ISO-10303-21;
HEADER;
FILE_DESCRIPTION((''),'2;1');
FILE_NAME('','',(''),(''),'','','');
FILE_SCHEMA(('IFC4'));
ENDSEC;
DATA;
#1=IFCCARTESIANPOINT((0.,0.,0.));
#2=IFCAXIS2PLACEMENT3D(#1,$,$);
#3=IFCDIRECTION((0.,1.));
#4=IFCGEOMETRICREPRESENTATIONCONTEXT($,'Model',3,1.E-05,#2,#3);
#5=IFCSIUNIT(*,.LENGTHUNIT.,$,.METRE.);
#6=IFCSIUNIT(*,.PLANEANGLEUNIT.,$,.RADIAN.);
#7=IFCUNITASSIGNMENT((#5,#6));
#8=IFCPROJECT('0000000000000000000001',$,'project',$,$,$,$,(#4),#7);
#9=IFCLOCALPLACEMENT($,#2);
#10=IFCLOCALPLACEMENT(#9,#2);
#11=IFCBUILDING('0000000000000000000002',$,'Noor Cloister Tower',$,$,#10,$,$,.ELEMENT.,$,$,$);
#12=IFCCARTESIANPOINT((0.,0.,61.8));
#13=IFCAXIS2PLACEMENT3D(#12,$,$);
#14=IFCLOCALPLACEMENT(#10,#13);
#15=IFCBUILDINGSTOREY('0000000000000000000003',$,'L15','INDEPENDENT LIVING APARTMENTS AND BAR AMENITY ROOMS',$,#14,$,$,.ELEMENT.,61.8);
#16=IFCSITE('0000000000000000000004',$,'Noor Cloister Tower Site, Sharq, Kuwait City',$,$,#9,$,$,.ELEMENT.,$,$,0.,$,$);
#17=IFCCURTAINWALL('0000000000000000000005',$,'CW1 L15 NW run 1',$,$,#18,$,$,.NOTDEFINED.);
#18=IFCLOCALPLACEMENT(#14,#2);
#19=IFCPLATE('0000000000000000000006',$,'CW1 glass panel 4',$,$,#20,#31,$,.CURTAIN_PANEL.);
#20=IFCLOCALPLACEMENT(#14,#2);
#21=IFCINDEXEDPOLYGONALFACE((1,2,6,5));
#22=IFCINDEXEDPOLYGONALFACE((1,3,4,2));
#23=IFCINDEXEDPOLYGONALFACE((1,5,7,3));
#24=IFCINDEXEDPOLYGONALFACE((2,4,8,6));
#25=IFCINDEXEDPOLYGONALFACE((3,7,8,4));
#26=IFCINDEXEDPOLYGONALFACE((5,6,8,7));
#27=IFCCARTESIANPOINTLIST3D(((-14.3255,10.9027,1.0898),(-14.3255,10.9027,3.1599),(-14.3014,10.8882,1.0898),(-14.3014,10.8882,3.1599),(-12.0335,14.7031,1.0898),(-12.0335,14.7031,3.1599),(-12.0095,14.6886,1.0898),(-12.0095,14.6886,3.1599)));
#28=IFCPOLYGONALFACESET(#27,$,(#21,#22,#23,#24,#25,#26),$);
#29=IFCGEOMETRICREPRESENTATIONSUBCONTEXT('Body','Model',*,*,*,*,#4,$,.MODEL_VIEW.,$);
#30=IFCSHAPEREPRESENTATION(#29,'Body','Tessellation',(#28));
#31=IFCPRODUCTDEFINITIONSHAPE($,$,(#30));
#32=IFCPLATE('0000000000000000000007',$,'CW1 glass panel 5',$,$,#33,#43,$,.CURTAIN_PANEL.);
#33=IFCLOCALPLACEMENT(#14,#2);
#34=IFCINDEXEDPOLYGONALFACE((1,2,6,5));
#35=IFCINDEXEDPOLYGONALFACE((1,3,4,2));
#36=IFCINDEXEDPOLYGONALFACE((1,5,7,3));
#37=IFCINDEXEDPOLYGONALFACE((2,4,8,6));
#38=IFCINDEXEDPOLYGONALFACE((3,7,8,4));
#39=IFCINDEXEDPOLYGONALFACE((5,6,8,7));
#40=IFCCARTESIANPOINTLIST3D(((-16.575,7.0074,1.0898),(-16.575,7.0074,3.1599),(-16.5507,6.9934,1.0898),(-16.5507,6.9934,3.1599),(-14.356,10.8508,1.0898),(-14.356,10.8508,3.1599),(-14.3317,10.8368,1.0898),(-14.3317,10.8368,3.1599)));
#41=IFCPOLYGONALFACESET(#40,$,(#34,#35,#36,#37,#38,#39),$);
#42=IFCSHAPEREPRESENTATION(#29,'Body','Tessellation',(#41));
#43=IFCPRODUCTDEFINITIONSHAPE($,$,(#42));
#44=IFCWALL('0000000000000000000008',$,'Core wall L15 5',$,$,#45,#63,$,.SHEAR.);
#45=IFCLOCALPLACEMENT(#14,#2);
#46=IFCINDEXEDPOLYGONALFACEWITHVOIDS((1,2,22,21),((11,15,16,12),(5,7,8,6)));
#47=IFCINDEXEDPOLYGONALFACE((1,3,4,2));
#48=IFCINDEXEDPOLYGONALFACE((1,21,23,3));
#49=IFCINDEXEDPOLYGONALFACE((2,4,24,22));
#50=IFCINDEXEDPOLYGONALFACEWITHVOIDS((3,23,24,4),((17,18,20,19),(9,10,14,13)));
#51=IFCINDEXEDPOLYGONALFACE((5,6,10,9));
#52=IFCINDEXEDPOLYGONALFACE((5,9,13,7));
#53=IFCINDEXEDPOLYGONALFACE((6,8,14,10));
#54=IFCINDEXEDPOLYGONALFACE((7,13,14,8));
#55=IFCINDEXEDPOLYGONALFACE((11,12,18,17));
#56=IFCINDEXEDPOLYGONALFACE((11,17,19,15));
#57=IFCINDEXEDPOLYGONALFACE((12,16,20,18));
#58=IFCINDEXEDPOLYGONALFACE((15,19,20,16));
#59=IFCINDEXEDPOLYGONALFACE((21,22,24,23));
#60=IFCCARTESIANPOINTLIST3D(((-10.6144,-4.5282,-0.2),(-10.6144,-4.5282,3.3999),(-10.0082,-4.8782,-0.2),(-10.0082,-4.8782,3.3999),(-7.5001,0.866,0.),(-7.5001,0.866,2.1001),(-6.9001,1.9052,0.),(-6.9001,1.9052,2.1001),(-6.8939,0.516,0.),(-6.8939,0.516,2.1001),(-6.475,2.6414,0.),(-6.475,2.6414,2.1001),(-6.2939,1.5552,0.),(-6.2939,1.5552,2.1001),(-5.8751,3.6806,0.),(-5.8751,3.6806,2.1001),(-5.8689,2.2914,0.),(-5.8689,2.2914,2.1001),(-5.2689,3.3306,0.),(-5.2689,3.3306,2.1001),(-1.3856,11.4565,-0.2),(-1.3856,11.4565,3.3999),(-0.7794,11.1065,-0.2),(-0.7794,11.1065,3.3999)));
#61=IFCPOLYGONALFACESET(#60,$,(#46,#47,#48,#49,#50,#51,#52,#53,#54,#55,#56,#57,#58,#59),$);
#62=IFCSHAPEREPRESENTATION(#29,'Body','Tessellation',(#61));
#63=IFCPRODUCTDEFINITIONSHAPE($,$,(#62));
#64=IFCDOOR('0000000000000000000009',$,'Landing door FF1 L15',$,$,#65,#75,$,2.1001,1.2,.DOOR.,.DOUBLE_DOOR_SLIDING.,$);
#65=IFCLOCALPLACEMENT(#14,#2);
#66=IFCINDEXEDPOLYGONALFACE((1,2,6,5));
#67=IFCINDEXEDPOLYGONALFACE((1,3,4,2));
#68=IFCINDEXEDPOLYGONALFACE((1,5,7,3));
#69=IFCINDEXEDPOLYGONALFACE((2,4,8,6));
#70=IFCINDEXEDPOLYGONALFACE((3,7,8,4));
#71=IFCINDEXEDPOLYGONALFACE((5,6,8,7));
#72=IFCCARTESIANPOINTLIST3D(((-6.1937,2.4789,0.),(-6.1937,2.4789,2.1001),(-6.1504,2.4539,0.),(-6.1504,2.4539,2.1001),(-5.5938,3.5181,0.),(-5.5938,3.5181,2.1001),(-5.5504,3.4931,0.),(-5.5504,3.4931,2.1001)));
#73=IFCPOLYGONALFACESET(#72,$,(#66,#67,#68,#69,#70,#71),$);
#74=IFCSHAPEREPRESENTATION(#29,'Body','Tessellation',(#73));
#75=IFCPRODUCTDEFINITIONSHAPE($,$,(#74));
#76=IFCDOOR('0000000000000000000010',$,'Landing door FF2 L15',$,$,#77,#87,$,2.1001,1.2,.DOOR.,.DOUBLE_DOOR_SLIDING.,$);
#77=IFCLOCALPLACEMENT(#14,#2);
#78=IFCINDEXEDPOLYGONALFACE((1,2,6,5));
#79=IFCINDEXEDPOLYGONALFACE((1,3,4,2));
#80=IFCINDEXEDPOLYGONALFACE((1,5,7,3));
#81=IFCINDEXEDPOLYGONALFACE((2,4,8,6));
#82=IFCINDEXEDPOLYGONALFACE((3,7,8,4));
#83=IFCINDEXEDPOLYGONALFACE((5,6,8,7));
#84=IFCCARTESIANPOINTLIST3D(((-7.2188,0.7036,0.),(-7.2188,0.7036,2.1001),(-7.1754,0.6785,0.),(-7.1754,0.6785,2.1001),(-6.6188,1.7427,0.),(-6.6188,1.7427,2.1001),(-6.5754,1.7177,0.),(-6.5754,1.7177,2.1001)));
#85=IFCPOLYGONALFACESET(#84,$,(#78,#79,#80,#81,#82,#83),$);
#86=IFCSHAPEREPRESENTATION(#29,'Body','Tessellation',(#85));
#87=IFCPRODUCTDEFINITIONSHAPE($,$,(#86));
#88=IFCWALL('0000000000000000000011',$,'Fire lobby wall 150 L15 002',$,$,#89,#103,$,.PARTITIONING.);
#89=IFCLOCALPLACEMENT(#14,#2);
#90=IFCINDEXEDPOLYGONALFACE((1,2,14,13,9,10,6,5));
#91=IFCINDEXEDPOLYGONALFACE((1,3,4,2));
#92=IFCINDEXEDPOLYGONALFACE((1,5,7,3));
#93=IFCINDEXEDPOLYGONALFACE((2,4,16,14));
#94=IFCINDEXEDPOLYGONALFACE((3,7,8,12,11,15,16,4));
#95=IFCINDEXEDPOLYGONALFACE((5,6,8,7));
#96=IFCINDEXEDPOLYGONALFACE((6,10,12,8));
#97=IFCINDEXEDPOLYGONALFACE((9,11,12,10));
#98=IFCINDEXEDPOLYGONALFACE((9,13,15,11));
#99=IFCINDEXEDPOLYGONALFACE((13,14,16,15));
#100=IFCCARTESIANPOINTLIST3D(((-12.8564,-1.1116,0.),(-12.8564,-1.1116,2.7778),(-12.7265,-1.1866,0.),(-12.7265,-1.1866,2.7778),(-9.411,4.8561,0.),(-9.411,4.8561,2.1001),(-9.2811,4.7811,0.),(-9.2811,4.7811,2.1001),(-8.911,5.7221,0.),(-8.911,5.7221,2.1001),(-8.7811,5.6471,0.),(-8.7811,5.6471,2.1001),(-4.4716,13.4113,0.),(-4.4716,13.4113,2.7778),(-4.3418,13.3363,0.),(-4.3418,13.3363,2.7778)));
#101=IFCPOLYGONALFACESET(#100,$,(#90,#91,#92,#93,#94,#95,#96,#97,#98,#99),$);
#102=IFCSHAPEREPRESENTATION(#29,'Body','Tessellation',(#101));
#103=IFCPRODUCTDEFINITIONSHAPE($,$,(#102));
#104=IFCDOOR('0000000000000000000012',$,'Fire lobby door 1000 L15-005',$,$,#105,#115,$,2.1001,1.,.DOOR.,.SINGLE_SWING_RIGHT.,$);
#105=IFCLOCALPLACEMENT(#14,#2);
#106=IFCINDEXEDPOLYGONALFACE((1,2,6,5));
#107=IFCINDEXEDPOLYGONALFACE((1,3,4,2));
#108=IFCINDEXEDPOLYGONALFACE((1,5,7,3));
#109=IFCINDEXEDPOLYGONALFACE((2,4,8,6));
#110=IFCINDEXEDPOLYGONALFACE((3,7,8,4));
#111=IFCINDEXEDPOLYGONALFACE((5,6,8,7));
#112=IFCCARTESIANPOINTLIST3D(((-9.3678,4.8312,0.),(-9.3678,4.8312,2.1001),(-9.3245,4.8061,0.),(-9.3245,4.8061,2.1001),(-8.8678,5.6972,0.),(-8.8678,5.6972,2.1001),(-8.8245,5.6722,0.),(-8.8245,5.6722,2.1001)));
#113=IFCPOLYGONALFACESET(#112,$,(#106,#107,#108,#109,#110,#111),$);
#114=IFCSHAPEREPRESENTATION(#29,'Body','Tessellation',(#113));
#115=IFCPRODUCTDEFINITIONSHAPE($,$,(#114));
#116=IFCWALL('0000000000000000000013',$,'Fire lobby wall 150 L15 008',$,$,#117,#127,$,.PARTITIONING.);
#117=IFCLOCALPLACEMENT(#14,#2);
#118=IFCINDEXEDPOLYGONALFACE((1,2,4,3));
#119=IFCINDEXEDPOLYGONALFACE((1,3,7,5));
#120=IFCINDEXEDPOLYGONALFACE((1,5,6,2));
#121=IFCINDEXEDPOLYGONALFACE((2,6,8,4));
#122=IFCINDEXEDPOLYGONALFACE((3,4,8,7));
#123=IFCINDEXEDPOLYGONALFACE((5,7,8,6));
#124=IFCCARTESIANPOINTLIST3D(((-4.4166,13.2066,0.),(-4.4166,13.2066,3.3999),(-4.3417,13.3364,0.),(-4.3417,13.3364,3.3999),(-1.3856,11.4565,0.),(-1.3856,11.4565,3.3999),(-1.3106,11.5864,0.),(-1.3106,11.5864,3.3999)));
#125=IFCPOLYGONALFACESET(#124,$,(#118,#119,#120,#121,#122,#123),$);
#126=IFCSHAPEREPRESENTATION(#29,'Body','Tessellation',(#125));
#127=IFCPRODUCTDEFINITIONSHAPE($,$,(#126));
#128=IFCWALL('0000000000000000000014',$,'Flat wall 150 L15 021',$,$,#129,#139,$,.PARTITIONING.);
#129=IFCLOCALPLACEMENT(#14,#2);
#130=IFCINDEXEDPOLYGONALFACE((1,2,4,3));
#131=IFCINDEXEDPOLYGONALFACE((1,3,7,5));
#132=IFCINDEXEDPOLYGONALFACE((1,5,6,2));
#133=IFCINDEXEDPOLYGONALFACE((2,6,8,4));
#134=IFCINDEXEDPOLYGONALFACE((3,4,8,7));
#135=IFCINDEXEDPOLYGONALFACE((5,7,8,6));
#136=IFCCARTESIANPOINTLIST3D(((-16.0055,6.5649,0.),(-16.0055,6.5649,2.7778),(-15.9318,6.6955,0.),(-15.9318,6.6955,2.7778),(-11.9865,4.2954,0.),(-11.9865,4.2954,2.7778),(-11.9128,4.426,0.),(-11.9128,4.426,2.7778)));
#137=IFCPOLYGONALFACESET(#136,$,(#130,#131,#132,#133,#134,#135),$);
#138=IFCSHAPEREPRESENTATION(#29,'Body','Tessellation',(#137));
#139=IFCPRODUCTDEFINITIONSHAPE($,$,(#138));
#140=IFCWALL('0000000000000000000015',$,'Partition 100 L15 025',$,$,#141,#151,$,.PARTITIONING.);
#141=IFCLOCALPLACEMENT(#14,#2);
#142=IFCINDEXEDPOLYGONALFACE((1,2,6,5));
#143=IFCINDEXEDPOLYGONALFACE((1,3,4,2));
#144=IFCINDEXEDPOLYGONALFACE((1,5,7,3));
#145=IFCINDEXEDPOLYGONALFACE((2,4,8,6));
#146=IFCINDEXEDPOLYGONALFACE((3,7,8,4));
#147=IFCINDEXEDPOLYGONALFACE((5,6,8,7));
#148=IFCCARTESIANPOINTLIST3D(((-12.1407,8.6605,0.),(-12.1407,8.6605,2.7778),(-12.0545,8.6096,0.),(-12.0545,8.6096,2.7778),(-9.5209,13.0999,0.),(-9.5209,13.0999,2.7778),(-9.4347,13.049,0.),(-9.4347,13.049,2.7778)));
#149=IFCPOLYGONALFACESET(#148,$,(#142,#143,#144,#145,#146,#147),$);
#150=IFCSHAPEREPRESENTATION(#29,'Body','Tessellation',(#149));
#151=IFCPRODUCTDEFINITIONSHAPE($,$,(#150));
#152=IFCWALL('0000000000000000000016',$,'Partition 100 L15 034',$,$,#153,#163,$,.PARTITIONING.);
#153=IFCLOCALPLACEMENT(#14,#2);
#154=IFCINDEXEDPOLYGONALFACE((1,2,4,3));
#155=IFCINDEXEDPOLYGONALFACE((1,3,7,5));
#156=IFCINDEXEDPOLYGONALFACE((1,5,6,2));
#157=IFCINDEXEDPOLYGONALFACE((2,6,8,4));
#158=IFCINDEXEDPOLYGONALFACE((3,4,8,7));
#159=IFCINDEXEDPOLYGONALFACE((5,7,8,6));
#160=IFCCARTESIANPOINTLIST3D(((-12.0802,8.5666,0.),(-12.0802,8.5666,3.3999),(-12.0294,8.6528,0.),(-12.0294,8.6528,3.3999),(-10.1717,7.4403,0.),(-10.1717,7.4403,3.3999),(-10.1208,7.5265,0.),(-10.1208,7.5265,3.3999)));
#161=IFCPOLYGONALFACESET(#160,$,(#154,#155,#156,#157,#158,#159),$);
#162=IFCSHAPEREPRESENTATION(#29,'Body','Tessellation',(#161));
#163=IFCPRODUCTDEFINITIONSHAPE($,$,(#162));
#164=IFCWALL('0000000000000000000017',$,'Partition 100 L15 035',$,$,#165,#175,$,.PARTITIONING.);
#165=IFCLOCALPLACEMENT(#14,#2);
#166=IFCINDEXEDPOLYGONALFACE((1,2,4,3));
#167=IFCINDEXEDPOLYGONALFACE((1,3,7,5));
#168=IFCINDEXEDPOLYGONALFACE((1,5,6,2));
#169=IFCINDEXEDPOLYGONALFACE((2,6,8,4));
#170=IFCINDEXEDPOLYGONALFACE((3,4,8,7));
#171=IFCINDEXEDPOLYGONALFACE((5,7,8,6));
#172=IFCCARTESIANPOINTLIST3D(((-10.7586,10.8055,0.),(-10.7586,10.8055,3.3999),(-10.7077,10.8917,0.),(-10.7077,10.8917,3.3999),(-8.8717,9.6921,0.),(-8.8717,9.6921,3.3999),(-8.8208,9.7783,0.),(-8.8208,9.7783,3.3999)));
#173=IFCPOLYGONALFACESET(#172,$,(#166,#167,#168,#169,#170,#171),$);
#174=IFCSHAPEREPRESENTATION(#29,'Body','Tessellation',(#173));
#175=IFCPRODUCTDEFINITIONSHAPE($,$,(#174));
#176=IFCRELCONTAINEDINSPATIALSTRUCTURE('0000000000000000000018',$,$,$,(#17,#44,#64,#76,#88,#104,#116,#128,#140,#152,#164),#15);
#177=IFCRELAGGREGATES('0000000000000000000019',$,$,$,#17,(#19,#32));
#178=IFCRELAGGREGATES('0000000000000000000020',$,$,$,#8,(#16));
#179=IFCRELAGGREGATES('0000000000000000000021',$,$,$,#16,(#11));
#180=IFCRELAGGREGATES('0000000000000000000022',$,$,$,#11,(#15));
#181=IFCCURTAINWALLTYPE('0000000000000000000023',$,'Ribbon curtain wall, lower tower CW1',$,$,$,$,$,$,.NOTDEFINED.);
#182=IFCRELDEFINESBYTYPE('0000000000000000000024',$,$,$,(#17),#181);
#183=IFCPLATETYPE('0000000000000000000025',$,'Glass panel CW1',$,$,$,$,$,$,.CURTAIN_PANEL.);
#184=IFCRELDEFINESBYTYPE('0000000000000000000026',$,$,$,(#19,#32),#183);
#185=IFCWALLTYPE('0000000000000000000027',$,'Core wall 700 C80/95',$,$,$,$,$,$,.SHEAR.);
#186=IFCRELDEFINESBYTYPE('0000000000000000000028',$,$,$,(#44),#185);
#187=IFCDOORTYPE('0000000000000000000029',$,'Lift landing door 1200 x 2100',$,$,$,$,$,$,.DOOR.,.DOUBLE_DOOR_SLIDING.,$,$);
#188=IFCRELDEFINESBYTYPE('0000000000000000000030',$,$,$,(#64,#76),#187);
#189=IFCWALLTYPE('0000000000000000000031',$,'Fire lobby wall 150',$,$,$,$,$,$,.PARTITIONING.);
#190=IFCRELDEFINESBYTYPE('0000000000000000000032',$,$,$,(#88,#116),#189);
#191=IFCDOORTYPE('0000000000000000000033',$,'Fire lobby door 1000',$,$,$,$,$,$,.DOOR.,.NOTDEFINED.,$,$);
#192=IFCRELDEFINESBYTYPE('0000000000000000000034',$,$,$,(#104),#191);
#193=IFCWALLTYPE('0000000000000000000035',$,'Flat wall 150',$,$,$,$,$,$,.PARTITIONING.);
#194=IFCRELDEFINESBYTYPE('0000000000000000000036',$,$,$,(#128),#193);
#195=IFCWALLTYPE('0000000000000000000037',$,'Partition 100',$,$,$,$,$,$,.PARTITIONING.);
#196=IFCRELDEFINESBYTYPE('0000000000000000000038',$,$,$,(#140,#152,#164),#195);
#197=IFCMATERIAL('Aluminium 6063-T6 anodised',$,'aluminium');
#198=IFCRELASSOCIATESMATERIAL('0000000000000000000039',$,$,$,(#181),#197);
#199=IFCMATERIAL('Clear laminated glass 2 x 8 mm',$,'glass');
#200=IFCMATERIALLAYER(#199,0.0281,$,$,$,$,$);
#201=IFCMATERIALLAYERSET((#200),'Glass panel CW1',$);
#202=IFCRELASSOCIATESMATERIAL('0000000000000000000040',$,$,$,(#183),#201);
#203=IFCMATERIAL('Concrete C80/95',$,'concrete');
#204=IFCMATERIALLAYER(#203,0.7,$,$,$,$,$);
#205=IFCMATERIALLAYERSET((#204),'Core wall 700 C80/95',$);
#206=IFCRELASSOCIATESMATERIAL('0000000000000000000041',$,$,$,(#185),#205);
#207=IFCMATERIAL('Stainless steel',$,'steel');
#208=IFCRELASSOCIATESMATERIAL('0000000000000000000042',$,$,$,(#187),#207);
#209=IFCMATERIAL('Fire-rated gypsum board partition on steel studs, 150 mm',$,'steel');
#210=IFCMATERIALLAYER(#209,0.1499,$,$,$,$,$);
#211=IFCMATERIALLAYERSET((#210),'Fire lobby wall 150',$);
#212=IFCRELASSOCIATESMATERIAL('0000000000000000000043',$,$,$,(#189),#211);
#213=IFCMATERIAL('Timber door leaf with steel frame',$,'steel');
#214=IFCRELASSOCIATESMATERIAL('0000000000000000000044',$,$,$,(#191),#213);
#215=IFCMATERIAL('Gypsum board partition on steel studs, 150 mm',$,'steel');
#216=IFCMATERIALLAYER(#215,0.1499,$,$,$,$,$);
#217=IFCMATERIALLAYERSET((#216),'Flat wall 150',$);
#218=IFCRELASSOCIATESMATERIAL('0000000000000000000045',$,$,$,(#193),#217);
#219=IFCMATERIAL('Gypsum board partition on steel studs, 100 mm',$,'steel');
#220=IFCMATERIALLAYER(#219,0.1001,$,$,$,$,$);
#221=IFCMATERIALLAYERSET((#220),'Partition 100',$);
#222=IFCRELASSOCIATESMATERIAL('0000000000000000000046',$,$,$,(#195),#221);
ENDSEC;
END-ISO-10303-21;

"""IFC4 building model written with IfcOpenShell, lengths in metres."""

from ifc_helpers import new_model, si_unit, direction, frame, frame_2d, origin, origin_2d, place, context, subcontext, project, spatial, rectangle, extrude, material, layer, layer_set, type_object, element, fill, aggregate, save


model = new_model("IFC4")

# Units and contexts
model_context = context("Model", 3, precision=1e-05, world=origin(), true_north=direction((0.0, 1.0)))
body_context = subcontext(model_context, "Body", "Model", "MODEL_VIEW")
ifc_project = project(units=[si_unit("LENGTHUNIT", "METRE"), si_unit("PLANEANGLEUNIT", "RADIAN")], contexts=[model_context])

# Site, building, storey
site_placement = place(None, origin())
site = spatial("IfcSite", under=ifc_project, at=site_placement, Name="Noor Cloister Tower Site, Sharq, Kuwait City", CompositionType="ELEMENT", RefElevation=0.0)
building_placement = place(site_placement, origin())
building = spatial("IfcBuilding", under=site, at=building_placement, Name="Noor Cloister Tower", CompositionType="ELEMENT")
storey_placement = place(building_placement, frame((0.0, 0.0, 61.8)))
storey = spatial("IfcBuildingStorey", under=building, at=storey_placement, Name="L15", Description="INDEPENDENT LIVING APARTMENTS AND BAR AMENITY ROOMS", CompositionType="ELEMENT", Elevation=61.8)

# Curtain wall
ifc_material_1 = material(Name="Aluminium 6063-T6 anodised", Category="aluminium")
curtain_wall_type = type_object("IfcCurtainWallType", Name="Ribbon curtain wall, lower tower CW1", PredefinedType="NOTDEFINED", material=ifc_material_1)
curtain_wall_placement = place(storey_placement, origin())
curtain_wall = element("IfcCurtainWall", 1, at=curtain_wall_placement, inside=storey, type_object=curtain_wall_type, Name="CW1 L15 NW run 1", PredefinedType="NOTDEFINED")

# Plates
ifc_material_2 = material(Name="Clear laminated glass 2 x 8 mm", Category="glass")
ifc_layer_1 = layer(ifc_material_2, 0.0281)
ifc_layer_set_1 = layer_set([ifc_layer_1], Name="Glass panel CW1")
plate_type = type_object("IfcPlateType", Name="Glass panel CW1", PredefinedType="CURTAIN_PANEL", material=ifc_layer_set_1)
plate_1_placement = place(storey_placement, frame((-13.1675, 12.7957, 1.0898), z_axis=(0.0, 0.0, 1.0), x_axis=(-0.516446, -0.85632, 0.0)))
plate_1 = element("IfcPlate", 2, at=plate_1_placement, type_object=plate_type, Name="CW1 glass panel 4", PredefinedType="CURTAIN_PANEL", context=body_context, shape_type="SweptSolid", body=[
    extrude(rectangle(XDim=4.438, YDim=0.0281, at=origin_2d()), origin(), (0.0, 0.0, 1.0), 2.0701),
])
plate_2_placement = place(storey_placement, frame((-15.4534, 8.9221, 1.0898), z_axis=(0.0, 0.0, 1.0), x_axis=(-0.5, -0.866025, 0.0)))
plate_2 = element("IfcPlate", 3, at=plate_2_placement, type_object=plate_type, Name="CW1 glass panel 5", PredefinedType="CURTAIN_PANEL", context=body_context, shape_type="SweptSolid", body=[
    extrude(rectangle(XDim=4.438, YDim=0.0281, at=origin_2d()), origin(), (0.0, 0.0, 1.0), 2.0701),
])
aggregate(curtain_wall, [plate_1, plate_2])

# Wall, openings, doors
ifc_material_3 = material(Name="Concrete C80/95", Category="concrete")
ifc_layer_2 = layer(ifc_material_3, 0.7)
ifc_layer_set_2 = layer_set([ifc_layer_2], Name="Core wall 700 C80/95")
wall_type_1 = type_object("IfcWallType", Name="Core wall 700 C80/95", PredefinedType="SHEAR", material=ifc_layer_set_2)
wall_1_placement = place(storey_placement, frame((-1.0825, 11.2815, -0.2), z_axis=(0.0, 0.0, 1.0), x_axis=(-0.500001, -0.866025, 0.0)))
wall_1 = element("IfcWall", 4, at=wall_1_placement, inside=storey, type_object=wall_type_1, Name="Core wall L15 5", PredefinedType="SHEAR", context=body_context, shape_type="SweptSolid", body=[
    extrude(rectangle(XDim=18.4575, YDim=0.7, at=frame_2d((9.2288, 0.0))), origin(), (0.0, 0.0, 1.0), 3.5999),
])
opening_1_placement = place(wall_1_placement, frame((8.9788, 0.0, 0.2)))
opening_1 = element("IfcOpeningElement", 5, at=opening_1_placement, cuts=wall_1, PredefinedType="OPENING", context=body_context, shape_type="SweptSolid", body=[
    extrude(rectangle(XDim=1.2, YDim=2.1001, at=frame_2d((0.6001, 1.05))), frame((0.0, 0.3599, 0.0), z_axis=(0.0, -1.0, 0.0), x_axis=(1.0, 0.0, 0.0)), (0.0, 0.0, 1.0), 0.72),
])
opening_2_placement = place(wall_1_placement, frame((11.0288, 0.0, 0.2)))
opening_2 = element("IfcOpeningElement", 6, at=opening_2_placement, cuts=wall_1, PredefinedType="OPENING", context=body_context, shape_type="SweptSolid", body=[
    extrude(rectangle(XDim=1.2, YDim=2.1001, at=frame_2d((0.6001, 1.05))), frame((0.0, 0.3599, 0.0), z_axis=(0.0, -1.0, 0.0), x_axis=(1.0, 0.0, 0.0)), (0.0, 0.0, 1.0), 0.72),
])
ifc_material_4 = material(Name="Stainless steel", Category="steel")
door_type_1 = type_object("IfcDoorType", Name="Lift landing door 1200 x 2100", OperationType="DOUBLE_DOOR_SLIDING", PredefinedType="DOOR", material=ifc_material_4)
door_1_placement = place(opening_1_placement, origin())
door_1 = element("IfcDoor", 7, at=door_1_placement, inside=storey, type_object=door_type_1, Name="Landing door FF1 L15", OperationType="DOUBLE_DOOR_SLIDING", OverallHeight=2.1001, OverallWidth=1.2, PredefinedType="DOOR", context=body_context, shape_type="SweptSolid", body=[
    extrude(rectangle(XDim=1.2, YDim=2.1001, at=frame_2d((0.6001, 1.05))), frame((0.0, 0.0249, 0.0), z_axis=(0.0, -1.0, 0.0), x_axis=(1.0, 0.0, 0.0)), (0.0, 0.0, 1.0), 0.05),
])
fill(opening_1, door_1)
door_2_placement = place(opening_2_placement, origin())
door_2 = element("IfcDoor", 8, at=door_2_placement, inside=storey, type_object=door_type_1, Name="Landing door FF2 L15", OperationType="DOUBLE_DOOR_SLIDING", OverallHeight=2.1001, OverallWidth=1.2, PredefinedType="DOOR", context=body_context, shape_type="SweptSolid", body=[
    extrude(rectangle(XDim=1.2, YDim=2.1001, at=frame_2d((0.6001, 1.05))), frame((0.0, 0.0249, 0.0), z_axis=(0.0, -1.0, 0.0), x_axis=(1.0, 0.0, 0.0)), (0.0, 0.0, 1.0), 0.05),
])
fill(opening_2, door_2)

# Wall, opening, door
ifc_material_5 = material(Name="Fire-rated gypsum board partition on steel studs, 150 mm", Category="steel")
ifc_layer_3 = layer(ifc_material_5, 0.1499)
ifc_layer_set_3 = layer_set([ifc_layer_3], Name="Fire lobby wall 150")
wall_type_2 = type_object("IfcWallType", Name="Fire lobby wall 150", PredefinedType="PARTITIONING", material=ifc_layer_set_3)
wall_2_placement = place(storey_placement, frame((-4.4067, 13.3738, 0.0), z_axis=(0.0, 0.0, 1.0), x_axis=(-0.499997, -0.866027, 0.0)))
wall_2 = element("IfcWall", 9, at=wall_2_placement, inside=storey, type_object=wall_type_2, Name="Fire lobby wall 150 L15 002", PredefinedType="PARTITIONING", context=body_context, shape_type="SweptSolid", body=[
    extrude(rectangle(XDim=16.7695, YDim=0.1499, at=frame_2d((8.3848, 0.0))), origin(), (0.0, 0.0, 1.0), 2.7778),
])
opening_3_placement = place(wall_2_placement, frame((8.8787, 0.0, 0.0)))
opening_3 = element("IfcOpeningElement", 10, at=opening_3_placement, cuts=wall_2, PredefinedType="OPENING", context=body_context, shape_type="SweptSolid", body=[
    extrude(rectangle(XDim=1.0, YDim=2.1001, at=frame_2d((0.5, 1.05))), frame((0.0, 0.085, 0.0), z_axis=(0.0, -1.0, 0.0), x_axis=(1.0, 0.0, 0.0)), (0.0, 0.0, 1.0), 0.1699),
])
ifc_material_6 = material(Name="Timber door leaf with steel frame", Category="steel")
door_type_2 = type_object("IfcDoorType", Name="Fire lobby door 1000", OperationType="NOTDEFINED", PredefinedType="DOOR", material=ifc_material_6)
door_3_placement = place(opening_3_placement, origin())
door_3 = element("IfcDoor", 11, at=door_3_placement, inside=storey, type_object=door_type_2, Name="Fire lobby door 1000 L15-005", OperationType="SINGLE_SWING_RIGHT", OverallHeight=2.1001, OverallWidth=1.0, PredefinedType="DOOR", context=body_context, shape_type="SweptSolid", body=[
    extrude(rectangle(XDim=1.0, YDim=2.1001, at=frame_2d((0.5, 1.05))), frame((0.0, 0.0249, 0.0), z_axis=(0.0, -1.0, 0.0), x_axis=(1.0, 0.0, 0.0)), (0.0, 0.0, 1.0), 0.05),
])
fill(opening_3, door_3)

# Walls
wall_3_placement = place(storey_placement, frame((-4.3792, 13.2715, 0.0), z_axis=(0.0, 0.0, 1.0), x_axis=(0.866019, -0.50001, 0.0)))
element("IfcWall", 12, at=wall_3_placement, inside=storey, type_object=wall_type_2, Name="Fire lobby wall 150 L15 008", PredefinedType="PARTITIONING", context=body_context, shape_type="SweptSolid", body=[
    extrude(rectangle(XDim=3.5, YDim=0.1499, at=frame_2d((1.75, 0.0))), origin(), (0.0, 0.0, 1.0), 3.3999),
])
ifc_material_7 = material(Name="Gypsum board partition on steel studs, 150 mm", Category="steel")
ifc_layer_4 = layer(ifc_material_7, 0.1499)
ifc_layer_set_4 = layer_set([ifc_layer_4], Name="Flat wall 150")
wall_type_3 = type_object("IfcWallType", Name="Flat wall 150", PredefinedType="PARTITIONING", material=ifc_layer_set_4)
wall_4_placement = place(storey_placement, frame((-15.9685, 6.6301, 0.0), z_axis=(0.0, 0.0, 1.0), x_axis=(0.870758, -0.491712, 0.0)))
element("IfcWall", 13, at=wall_4_placement, inside=storey, type_object=wall_type_3, Name="Flat wall 150 L15 021", PredefinedType="PARTITIONING", context=body_context, shape_type="SweptSolid", body=[
    extrude(rectangle(XDim=4.6155, YDim=0.1499, at=frame_2d((2.3076, 0.0))), origin(), (0.0, 0.0, 1.0), 2.7778),
])
ifc_material_8 = material(Name="Gypsum board partition on steel studs, 100 mm", Category="steel")
ifc_layer_5 = layer(ifc_material_8, 0.1001)
ifc_layer_set_5 = layer_set([ifc_layer_5], Name="Partition 100")
wall_type_4 = type_object("IfcWallType", Name="Partition 100", PredefinedType="PARTITIONING", material=ifc_layer_set_5)
wall_5_placement = place(storey_placement, frame((-9.4778, 13.0745, 0.0), z_axis=(0.0, 0.0, 1.0), x_axis=(-0.508235, -0.861219, 0.0)))
element("IfcWall", 14, at=wall_5_placement, inside=storey, type_object=wall_type_4, Name="Partition 100 L15 025", PredefinedType="PARTITIONING", context=body_context, shape_type="SweptSolid", body=[
    extrude(rectangle(XDim=5.1548, YDim=0.1001, at=frame_2d((2.5774, 0.0))), origin(), (0.0, 0.0, 1.0), 2.7778),
])
wall_6_placement = place(storey_placement, frame((-12.0547, 8.6096, 0.0), z_axis=(0.0, 0.0, 1.0), x_axis=(0.861222, -0.508228, 0.0)))
element("IfcWall", 15, at=wall_6_placement, inside=storey, type_object=wall_type_4, Name="Partition 100 L15 034", PredefinedType="PARTITIONING", context=body_context, shape_type="SweptSolid", body=[
    extrude(rectangle(XDim=2.2161, YDim=0.1001, at=frame_2d((1.1079, 0.0))), origin(), (0.0, 0.0, 1.0), 3.3999),
])
wall_7_placement = place(storey_placement, frame((-10.7332, 10.8486, 0.0), z_axis=(0.0, 0.0, 1.0), x_axis=(0.861226, -0.508222, 0.0)))
element("IfcWall", 16, at=wall_7_placement, inside=storey, type_object=wall_type_4, Name="Partition 100 L15 035", PredefinedType="PARTITIONING", context=body_context, shape_type="SweptSolid", body=[
    extrude(rectangle(XDim=2.1909, YDim=0.1001, at=frame_2d((1.0955, 0.0))), origin(), (0.0, 0.0, 1.0), 3.3999),
])

save(model, "model.ifc")
